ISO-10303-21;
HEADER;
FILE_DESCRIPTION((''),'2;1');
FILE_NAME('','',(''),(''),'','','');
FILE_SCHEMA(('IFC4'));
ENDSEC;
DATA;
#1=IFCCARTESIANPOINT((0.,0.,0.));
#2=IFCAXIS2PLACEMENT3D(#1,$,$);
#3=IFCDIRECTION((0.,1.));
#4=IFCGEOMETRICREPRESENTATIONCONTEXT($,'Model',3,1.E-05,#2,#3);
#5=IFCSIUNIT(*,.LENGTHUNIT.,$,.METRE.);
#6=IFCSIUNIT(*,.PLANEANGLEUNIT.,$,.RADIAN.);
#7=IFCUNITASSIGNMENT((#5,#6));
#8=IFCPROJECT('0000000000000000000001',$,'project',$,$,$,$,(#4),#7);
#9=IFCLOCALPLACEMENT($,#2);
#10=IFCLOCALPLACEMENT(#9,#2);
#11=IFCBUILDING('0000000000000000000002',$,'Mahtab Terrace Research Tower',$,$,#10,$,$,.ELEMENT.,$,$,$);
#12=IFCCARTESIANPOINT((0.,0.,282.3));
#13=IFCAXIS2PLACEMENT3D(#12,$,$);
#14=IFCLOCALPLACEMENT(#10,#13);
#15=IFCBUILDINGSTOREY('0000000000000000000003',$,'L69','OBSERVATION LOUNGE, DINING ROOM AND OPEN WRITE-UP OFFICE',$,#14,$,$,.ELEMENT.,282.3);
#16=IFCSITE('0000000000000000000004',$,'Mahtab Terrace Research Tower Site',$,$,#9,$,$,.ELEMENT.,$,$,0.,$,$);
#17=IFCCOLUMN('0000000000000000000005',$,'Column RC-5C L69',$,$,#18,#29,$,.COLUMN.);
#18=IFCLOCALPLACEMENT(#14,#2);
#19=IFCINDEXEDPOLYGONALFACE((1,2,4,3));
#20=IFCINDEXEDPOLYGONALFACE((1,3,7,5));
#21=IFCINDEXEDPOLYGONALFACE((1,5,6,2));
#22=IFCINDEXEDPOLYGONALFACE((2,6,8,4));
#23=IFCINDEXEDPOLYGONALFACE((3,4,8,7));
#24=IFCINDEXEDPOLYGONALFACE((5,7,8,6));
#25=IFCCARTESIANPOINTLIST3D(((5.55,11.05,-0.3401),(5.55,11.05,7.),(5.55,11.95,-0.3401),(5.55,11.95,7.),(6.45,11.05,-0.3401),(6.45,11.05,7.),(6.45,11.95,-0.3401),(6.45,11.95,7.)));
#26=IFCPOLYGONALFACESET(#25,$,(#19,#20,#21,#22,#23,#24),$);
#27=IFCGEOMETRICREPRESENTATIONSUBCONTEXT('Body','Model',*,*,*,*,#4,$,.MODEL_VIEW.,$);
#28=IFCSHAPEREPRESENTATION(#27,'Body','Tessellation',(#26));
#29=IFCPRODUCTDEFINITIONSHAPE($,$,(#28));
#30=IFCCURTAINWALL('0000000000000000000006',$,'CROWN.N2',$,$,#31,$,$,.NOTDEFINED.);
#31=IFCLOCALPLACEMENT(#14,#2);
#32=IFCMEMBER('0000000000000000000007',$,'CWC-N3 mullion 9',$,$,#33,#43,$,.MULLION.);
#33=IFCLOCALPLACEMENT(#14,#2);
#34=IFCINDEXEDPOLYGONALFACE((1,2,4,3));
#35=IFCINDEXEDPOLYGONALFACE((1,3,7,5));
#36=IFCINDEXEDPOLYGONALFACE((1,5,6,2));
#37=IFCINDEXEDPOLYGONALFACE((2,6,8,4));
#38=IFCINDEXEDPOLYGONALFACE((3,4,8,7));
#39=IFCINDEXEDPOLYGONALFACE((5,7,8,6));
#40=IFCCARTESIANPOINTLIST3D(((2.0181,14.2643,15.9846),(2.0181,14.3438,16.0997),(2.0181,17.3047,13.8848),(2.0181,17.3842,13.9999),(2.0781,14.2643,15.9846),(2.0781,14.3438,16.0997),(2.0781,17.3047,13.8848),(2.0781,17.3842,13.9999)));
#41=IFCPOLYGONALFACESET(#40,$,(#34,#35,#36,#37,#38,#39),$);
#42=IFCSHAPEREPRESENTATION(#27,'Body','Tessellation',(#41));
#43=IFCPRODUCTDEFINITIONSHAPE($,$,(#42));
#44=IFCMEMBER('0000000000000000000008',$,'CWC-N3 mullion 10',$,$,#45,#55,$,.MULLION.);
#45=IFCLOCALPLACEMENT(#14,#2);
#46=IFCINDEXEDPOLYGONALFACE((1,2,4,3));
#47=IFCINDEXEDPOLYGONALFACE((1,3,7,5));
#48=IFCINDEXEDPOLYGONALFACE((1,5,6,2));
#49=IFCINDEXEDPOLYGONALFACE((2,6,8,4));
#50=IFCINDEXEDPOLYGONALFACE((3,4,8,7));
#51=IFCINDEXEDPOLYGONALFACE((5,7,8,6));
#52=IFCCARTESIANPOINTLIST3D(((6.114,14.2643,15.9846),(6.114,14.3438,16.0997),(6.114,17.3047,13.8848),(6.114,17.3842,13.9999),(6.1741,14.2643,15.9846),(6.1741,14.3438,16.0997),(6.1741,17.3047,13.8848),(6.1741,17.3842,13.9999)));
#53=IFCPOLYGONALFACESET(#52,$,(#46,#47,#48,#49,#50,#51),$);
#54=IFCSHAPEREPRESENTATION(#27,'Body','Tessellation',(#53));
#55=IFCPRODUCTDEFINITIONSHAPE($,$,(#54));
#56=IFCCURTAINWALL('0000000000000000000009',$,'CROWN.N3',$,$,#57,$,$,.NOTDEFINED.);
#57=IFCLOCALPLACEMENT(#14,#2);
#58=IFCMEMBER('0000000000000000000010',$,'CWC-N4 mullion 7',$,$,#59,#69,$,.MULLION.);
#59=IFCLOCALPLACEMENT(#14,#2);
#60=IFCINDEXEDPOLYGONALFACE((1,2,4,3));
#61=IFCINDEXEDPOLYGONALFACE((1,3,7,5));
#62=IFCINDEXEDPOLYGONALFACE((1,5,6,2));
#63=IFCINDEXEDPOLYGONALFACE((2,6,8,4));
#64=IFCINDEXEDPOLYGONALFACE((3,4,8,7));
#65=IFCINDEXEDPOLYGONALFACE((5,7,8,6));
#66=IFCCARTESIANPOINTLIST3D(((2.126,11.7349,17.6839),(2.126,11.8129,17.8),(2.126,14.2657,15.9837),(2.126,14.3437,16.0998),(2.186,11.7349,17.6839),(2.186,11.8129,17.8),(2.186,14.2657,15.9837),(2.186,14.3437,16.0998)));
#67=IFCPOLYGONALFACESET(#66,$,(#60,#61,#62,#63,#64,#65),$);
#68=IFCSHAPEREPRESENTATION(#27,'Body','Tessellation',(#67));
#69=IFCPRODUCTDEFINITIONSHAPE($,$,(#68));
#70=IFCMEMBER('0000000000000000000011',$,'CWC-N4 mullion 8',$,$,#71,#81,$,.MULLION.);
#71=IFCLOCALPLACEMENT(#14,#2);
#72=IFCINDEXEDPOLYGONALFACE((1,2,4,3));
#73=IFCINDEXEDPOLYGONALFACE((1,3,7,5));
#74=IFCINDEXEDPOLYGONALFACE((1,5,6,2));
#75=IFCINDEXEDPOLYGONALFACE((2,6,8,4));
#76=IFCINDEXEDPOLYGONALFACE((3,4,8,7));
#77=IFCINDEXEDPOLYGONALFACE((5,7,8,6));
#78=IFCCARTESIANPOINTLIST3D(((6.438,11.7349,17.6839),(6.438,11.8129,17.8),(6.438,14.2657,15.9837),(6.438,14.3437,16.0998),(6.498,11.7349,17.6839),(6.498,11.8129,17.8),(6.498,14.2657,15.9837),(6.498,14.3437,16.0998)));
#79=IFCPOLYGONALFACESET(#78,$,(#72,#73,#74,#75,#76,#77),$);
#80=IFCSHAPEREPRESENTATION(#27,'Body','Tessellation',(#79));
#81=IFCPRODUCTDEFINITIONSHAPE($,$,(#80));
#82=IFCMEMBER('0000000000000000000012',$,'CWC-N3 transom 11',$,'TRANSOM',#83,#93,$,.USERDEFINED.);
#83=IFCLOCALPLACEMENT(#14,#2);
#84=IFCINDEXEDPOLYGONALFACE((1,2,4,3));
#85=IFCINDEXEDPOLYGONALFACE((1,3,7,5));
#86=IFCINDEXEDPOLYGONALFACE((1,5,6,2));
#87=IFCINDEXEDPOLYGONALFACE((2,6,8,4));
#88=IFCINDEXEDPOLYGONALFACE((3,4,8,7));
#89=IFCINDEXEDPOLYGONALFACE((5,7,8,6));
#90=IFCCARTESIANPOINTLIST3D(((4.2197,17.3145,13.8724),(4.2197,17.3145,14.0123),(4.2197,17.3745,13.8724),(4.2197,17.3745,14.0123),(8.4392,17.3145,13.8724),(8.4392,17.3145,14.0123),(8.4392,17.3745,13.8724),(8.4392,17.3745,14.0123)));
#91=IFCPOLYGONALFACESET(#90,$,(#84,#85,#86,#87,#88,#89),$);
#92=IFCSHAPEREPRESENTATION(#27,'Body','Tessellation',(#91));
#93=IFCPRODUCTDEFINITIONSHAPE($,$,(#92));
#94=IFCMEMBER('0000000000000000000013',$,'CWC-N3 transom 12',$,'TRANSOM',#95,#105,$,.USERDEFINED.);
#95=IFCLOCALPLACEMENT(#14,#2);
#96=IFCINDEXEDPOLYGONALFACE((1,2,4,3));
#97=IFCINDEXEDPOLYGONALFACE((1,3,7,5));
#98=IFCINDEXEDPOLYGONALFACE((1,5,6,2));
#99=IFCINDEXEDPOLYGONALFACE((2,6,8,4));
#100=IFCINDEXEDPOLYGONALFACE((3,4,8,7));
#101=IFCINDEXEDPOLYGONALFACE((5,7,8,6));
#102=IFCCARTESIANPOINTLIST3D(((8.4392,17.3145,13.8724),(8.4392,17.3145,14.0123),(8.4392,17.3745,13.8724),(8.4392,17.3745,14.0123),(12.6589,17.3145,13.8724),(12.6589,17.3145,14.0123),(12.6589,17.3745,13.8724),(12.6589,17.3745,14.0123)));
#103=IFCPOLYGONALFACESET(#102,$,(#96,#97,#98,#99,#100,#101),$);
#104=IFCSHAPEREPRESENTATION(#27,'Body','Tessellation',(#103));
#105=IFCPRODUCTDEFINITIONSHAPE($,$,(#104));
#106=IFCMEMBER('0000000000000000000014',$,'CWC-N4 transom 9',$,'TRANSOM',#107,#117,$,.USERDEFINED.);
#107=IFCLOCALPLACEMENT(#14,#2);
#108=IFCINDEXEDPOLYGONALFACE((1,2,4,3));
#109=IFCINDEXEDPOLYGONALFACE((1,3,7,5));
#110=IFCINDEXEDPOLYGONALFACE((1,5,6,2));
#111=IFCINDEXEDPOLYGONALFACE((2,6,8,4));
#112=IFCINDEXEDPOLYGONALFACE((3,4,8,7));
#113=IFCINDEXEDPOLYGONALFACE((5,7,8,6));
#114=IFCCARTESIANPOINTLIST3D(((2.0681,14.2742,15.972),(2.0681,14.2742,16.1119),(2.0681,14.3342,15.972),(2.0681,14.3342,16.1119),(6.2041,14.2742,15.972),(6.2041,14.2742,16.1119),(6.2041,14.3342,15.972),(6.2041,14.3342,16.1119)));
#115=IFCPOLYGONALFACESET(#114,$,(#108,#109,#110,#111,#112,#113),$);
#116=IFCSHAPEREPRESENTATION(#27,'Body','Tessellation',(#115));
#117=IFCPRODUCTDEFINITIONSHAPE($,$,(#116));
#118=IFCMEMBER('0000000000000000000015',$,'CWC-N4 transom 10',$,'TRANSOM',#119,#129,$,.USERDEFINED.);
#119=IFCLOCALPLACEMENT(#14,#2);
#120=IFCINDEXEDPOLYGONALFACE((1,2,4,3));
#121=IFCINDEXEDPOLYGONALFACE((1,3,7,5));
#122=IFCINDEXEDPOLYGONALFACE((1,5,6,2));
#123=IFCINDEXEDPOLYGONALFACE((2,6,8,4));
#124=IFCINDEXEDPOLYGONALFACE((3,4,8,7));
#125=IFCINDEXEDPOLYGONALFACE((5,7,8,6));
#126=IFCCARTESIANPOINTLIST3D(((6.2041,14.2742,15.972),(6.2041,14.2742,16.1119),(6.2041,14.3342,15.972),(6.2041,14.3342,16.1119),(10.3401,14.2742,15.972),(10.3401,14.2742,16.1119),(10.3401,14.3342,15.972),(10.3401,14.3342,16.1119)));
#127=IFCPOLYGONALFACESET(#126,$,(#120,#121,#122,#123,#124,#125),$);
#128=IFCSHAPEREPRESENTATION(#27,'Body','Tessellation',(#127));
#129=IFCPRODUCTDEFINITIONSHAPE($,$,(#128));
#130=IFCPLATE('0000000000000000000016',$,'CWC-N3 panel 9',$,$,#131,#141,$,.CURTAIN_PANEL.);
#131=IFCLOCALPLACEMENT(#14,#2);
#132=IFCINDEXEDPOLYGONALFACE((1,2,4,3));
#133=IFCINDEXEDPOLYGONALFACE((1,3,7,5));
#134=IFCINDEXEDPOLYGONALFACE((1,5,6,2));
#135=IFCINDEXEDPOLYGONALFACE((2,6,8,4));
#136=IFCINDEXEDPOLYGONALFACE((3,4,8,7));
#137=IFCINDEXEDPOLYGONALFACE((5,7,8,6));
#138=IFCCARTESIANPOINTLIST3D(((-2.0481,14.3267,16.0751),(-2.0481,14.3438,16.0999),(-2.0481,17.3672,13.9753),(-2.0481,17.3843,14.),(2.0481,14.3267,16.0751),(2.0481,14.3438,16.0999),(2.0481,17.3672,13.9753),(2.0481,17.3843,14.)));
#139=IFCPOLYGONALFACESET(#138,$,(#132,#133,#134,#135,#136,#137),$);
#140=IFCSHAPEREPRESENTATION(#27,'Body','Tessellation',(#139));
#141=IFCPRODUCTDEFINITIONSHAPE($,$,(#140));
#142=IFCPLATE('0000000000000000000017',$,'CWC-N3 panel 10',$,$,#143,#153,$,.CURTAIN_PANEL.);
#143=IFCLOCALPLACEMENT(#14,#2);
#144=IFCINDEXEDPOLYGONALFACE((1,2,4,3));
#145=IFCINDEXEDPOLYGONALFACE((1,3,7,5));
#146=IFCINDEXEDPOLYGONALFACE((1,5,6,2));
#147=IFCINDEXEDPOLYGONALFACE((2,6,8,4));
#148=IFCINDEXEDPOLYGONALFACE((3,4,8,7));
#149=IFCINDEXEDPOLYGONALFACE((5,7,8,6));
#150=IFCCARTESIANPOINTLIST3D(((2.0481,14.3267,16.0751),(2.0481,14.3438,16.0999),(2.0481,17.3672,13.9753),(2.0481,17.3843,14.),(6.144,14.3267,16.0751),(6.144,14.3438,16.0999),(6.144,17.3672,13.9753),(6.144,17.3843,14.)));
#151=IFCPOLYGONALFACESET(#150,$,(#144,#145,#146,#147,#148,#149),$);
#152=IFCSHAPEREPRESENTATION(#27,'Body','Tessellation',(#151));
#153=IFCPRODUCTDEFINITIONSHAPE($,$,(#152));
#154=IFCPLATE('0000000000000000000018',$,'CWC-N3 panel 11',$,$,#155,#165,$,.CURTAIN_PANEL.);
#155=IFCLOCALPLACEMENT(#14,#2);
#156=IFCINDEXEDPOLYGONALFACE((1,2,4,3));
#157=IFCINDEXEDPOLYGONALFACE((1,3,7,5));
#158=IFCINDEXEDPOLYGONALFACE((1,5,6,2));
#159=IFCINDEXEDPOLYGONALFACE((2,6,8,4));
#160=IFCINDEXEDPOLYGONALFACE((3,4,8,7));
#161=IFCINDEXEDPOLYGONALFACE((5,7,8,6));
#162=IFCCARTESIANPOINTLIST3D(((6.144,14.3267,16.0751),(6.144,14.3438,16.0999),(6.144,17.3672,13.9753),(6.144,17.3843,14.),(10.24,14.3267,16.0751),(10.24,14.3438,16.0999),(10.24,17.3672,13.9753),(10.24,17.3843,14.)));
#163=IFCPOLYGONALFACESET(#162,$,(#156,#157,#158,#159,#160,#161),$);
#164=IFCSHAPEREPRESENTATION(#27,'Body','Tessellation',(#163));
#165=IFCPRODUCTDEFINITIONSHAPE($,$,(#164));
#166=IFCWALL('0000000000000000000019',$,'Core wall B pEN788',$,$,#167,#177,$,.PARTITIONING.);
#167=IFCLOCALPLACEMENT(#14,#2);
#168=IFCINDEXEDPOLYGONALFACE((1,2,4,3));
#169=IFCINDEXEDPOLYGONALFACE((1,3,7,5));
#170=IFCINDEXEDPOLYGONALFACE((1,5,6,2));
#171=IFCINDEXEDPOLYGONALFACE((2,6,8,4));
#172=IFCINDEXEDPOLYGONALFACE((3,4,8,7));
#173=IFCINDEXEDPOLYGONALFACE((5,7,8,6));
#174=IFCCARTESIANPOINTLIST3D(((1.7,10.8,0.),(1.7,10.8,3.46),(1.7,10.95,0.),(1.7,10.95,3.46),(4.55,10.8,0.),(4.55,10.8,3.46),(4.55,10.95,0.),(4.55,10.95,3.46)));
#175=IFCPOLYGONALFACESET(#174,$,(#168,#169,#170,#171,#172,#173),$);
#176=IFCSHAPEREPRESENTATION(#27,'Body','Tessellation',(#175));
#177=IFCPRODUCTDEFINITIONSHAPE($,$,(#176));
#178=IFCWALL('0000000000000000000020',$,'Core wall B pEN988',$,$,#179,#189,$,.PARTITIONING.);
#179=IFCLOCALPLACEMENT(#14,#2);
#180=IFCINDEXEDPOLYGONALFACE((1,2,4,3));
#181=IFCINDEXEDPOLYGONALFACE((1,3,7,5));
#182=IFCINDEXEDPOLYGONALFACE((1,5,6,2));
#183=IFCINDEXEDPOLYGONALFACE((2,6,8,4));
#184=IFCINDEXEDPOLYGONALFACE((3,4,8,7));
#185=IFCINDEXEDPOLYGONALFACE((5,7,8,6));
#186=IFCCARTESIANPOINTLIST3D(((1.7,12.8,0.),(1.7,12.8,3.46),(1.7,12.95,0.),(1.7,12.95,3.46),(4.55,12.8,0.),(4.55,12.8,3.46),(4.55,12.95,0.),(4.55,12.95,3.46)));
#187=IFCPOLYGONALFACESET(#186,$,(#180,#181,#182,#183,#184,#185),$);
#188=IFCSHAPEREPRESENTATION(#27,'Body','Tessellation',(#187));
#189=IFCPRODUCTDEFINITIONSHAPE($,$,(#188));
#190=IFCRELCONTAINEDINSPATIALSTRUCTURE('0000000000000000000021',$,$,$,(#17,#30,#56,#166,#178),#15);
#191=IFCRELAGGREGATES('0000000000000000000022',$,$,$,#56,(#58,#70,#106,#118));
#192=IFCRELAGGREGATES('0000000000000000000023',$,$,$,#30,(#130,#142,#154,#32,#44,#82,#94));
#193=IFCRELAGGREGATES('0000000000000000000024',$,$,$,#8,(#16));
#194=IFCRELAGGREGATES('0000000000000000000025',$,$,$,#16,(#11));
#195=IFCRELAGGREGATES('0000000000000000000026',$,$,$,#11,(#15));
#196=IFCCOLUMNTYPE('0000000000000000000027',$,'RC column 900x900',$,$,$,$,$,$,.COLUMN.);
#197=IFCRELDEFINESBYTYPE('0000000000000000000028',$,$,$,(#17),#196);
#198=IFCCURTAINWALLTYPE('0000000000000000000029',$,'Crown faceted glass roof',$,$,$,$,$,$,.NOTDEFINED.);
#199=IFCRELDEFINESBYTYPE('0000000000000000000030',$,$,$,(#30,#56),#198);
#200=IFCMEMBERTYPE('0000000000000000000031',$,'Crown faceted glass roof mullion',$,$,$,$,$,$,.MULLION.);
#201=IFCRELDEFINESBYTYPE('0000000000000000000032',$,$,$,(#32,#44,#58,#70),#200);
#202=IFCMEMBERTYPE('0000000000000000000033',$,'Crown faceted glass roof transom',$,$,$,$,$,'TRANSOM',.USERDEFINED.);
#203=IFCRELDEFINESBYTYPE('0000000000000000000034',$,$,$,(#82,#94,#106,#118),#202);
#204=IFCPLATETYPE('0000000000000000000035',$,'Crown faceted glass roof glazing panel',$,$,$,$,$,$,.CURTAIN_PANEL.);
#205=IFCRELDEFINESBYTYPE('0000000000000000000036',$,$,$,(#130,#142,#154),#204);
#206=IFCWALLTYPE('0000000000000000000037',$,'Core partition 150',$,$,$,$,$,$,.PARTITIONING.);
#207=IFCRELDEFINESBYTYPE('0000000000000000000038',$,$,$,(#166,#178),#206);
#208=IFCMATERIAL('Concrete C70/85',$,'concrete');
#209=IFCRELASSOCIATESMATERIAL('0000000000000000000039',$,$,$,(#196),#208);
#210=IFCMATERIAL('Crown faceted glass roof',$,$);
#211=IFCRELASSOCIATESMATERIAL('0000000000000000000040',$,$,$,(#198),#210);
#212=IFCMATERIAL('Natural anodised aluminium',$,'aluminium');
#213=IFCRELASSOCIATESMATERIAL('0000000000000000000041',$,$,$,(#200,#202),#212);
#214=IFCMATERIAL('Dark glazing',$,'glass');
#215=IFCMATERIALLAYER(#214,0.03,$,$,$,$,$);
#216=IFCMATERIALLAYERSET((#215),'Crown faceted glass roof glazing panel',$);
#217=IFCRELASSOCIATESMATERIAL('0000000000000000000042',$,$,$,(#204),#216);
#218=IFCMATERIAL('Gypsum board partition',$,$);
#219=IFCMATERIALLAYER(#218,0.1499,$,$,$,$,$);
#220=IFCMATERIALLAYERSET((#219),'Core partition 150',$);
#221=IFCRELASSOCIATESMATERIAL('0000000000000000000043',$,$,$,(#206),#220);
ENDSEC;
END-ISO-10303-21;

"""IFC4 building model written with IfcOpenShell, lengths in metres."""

from ifc_helpers import new_model, si_unit, direction, frame, frame_2d, origin, origin_2d, place, context, subcontext, project, spatial, polyline, rectangle, outline, extrude, material, layer, layer_set, material_profile, profile_set, type_object, element, aggregate, save


model = new_model("IFC4")

# Units and contexts
model_context = context("Model", 3, precision=1e-05, world=origin(), true_north=direction((0.0, 1.0)))
body_context = subcontext(model_context, "Body", "Model", "MODEL_VIEW")
ifc_project = project(units=[si_unit("LENGTHUNIT", "METRE"), si_unit("PLANEANGLEUNIT", "RADIAN")], contexts=[model_context])

# Site, building, storey
site_placement = place(None, origin())
site = spatial("IfcSite", under=ifc_project, at=site_placement, Name="Mahtab Terrace Research Tower Site", CompositionType="ELEMENT", RefElevation=0.0)
building_placement = place(site_placement, origin())
building = spatial("IfcBuilding", under=site, at=building_placement, Name="Mahtab Terrace Research Tower", CompositionType="ELEMENT")
storey_placement = place(building_placement, frame((0.0, 0.0, 282.3)))
storey = spatial("IfcBuildingStorey", under=building, at=storey_placement, Name="L69", Description="OBSERVATION LOUNGE, DINING ROOM AND OPEN WRITE-UP OFFICE", CompositionType="ELEMENT", Elevation=282.3)

# Column
ifc_material_1 = material(Name="Concrete C70/85", Category="concrete")
ifc_material_profile_1 = material_profile(ifc_material_1, rectangle(XDim=0.8999, YDim=0.8999, at=origin_2d()), Name="RC column 900x900")
ifc_profile_set_1 = profile_set([ifc_material_profile_1], Name="Concrete C70/85")
column_type = type_object("IfcColumnType", Name="RC column 900x900", PredefinedType="COLUMN", material=ifc_profile_set_1)
column_placement = place(storey_placement, frame((6.0, 11.5, -0.3401), z_axis=(0.0, 0.0, 1.0), x_axis=(1.0, 0.0, 0.0)))
element("IfcColumn", 1, at=column_placement, inside=storey, type_object=column_type, Name="Column RC-5C L69", PredefinedType="COLUMN", context=body_context, shape_type="SweptSolid", body=[
    extrude(rectangle(XDim=0.8999, YDim=0.8999, at=origin_2d()), origin(), (0.0, 0.0, 1.0), 7.3401),
])

# Curtain walls, members
ifc_material_2 = material(Name="Crown faceted glass roof")
curtain_wall_type = type_object("IfcCurtainWallType", Name="Crown faceted glass roof", PredefinedType="NOTDEFINED", material=ifc_material_2)
curtain_wall_1_placement = place(storey_placement, origin())
curtain_wall_1 = element("IfcCurtainWall", 2, at=curtain_wall_1_placement, inside=storey, type_object=curtain_wall_type, Name="CROWN.N2", PredefinedType="NOTDEFINED")
ifc_material_3 = material(Name="Natural anodised aluminium", Category="aluminium")
ifc_material_profile_2 = material_profile(ifc_material_3, rectangle(XDim=0.0601, YDim=0.1399, at=origin_2d()), Name="MULLION 60x140")
ifc_profile_set_2 = profile_set([ifc_material_profile_2], Name="Natural anodised aluminium")
member_type_1 = type_object("IfcMemberType", Name="Crown faceted glass roof mullion", PredefinedType="MULLION", material=ifc_profile_set_2)
member_1_placement = place(storey_placement, frame((2.0481, 17.3445, 13.9424), z_axis=(0.0, -0.822841, 0.568272), x_axis=(1.0, 0.0, 0.0)))
member_1 = element("IfcMember", 3, at=member_1_placement, type_object=member_type_1, Name="CWC-N3 mullion 9", PredefinedType="MULLION", context=body_context, shape_type="SweptSolid", body=[
    extrude(rectangle(XDim=0.0601, YDim=0.1399, at=origin_2d()), origin(), (0.0, 0.0, 1.0), 3.6951),
])
member_2_placement = place(storey_placement, frame((6.144, 17.3445, 13.9424), z_axis=(0.0, -0.822841, 0.568272), x_axis=(1.0, 0.0, 0.0)))
member_2 = element("IfcMember", 4, at=member_2_placement, type_object=member_type_1, Name="CWC-N3 mullion 10", PredefinedType="MULLION", context=body_context, shape_type="SweptSolid", body=[
    extrude(rectangle(XDim=0.0601, YDim=0.1399, at=origin_2d()), origin(), (0.0, 0.0, 1.0), 3.6951),
])
curtain_wall_2_placement = place(storey_placement, origin())
curtain_wall_2 = element("IfcCurtainWall", 5, at=curtain_wall_2_placement, inside=storey, type_object=curtain_wall_type, Name="CROWN.N3", PredefinedType="NOTDEFINED")
member_3_placement = place(storey_placement, frame((2.156, 14.3047, 16.0417), z_axis=(0.0, -0.830074, 0.557653), x_axis=(1.0, 0.0, 0.0)))
member_3 = element("IfcMember", 6, at=member_3_placement, type_object=member_type_1, Name="CWC-N4 mullion 7", PredefinedType="MULLION", context=body_context, shape_type="SweptSolid", body=[
    extrude(rectangle(XDim=0.0601, YDim=0.1399, at=origin_2d()), origin(), (0.0, 0.0, 1.0), 3.0488),
])
member_4_placement = place(storey_placement, frame((6.468, 14.3047, 16.0417), z_axis=(0.0, -0.830074, 0.557653), x_axis=(1.0, 0.0, 0.0)))
member_4 = element("IfcMember", 7, at=member_4_placement, type_object=member_type_1, Name="CWC-N4 mullion 8", PredefinedType="MULLION", context=body_context, shape_type="SweptSolid", body=[
    extrude(rectangle(XDim=0.0601, YDim=0.1399, at=origin_2d()), origin(), (0.0, 0.0, 1.0), 3.0488),
])

# Members
ifc_material_profile_3 = material_profile(ifc_material_3, rectangle(XDim=0.0601, YDim=0.1399, at=origin_2d()), Name="TRANSOM 60x140")
ifc_profile_set_3 = profile_set([ifc_material_profile_3], Name="Natural anodised aluminium")
member_type_2 = type_object("IfcMemberType", Name="Crown faceted glass roof transom", ElementType="TRANSOM", PredefinedType="USERDEFINED", material=ifc_profile_set_3)
member_5_placement = place(storey_placement, frame((4.2197, 17.3445, 13.9424), z_axis=(1.0, 0.0, 0.0), x_axis=(0.0, 1.0, 0.0)))
member_5 = element("IfcMember", 8, at=member_5_placement, type_object=member_type_2, Name="CWC-N3 transom 11", ObjectType="TRANSOM", PredefinedType="USERDEFINED", context=body_context, shape_type="SweptSolid", body=[
    extrude(rectangle(XDim=0.0601, YDim=0.1399, at=origin_2d()), origin(), (0.0, 0.0, 1.0), 4.2195),
])
member_6_placement = place(storey_placement, frame((8.4392, 17.3445, 13.9424), z_axis=(1.0, 0.0, 0.0), x_axis=(0.0, 1.0, 0.0)))
member_6 = element("IfcMember", 9, at=member_6_placement, type_object=member_type_2, Name="CWC-N3 transom 12", ObjectType="TRANSOM", PredefinedType="USERDEFINED", context=body_context, shape_type="SweptSolid", body=[
    extrude(rectangle(XDim=0.0601, YDim=0.1399, at=origin_2d()), origin(), (0.0, 0.0, 1.0), 4.2197),
])
member_7_placement = place(storey_placement, frame((2.0681, 14.3042, 16.042), z_axis=(1.0, 0.0, 0.0), x_axis=(0.0, 1.0, 0.0)))
member_7 = element("IfcMember", 10, at=member_7_placement, type_object=member_type_2, Name="CWC-N4 transom 9", ObjectType="TRANSOM", PredefinedType="USERDEFINED", context=body_context, shape_type="SweptSolid", body=[
    extrude(rectangle(XDim=0.0601, YDim=0.1399, at=origin_2d()), origin(), (0.0, 0.0, 1.0), 4.136),
])
member_8_placement = place(storey_placement, frame((6.2041, 14.3042, 16.042), z_axis=(1.0, 0.0, 0.0), x_axis=(0.0, 1.0, 0.0)))
member_8 = element("IfcMember", 11, at=member_8_placement, type_object=member_type_2, Name="CWC-N4 transom 10", ObjectType="TRANSOM", PredefinedType="USERDEFINED", context=body_context, shape_type="SweptSolid", body=[
    extrude(rectangle(XDim=0.0601, YDim=0.1399, at=origin_2d()), origin(), (0.0, 0.0, 1.0), 4.136),
])
aggregate(curtain_wall_2, [member_3, member_4, member_7, member_8])

# Plates
ifc_material_4 = material(Name="Dark glazing", Category="glass")
ifc_layer_1 = layer(ifc_material_4, 0.03)
ifc_layer_set_1 = layer_set([ifc_layer_1], Name="Crown faceted glass roof glazing panel")
plate_type = type_object("IfcPlateType", Name="Crown faceted glass roof glazing panel", PredefinedType="CURTAIN_PANEL", material=ifc_layer_set_1)
plate_1_placement = place(storey_placement, frame((2.0481, 14.3438, 16.0999), z_axis=(0.0, 0.568272, 0.822841), x_axis=(0.0, 0.822841, -0.568272)))
plate_1 = element("IfcPlate", 12, at=plate_1_placement, type_object=plate_type, Name="CWC-N3 panel 9", PredefinedType="CURTAIN_PANEL", context=body_context, shape_type="SweptSolid", body=[
    extrude(outline(polyline([(0.0, 0.0), (3.6952, 0.0), (3.6952, 4.0962), (0.0, 4.0962), (0.0, 0.0)])), origin(), (0.0, 0.0, -1.0), 0.03),
])
plate_2_placement = place(storey_placement, frame((6.144, 14.3438, 16.0999), z_axis=(0.0, 0.568272, 0.822841), x_axis=(0.0, 0.822841, -0.568272)))
plate_2 = element("IfcPlate", 13, at=plate_2_placement, type_object=plate_type, Name="CWC-N3 panel 10", PredefinedType="CURTAIN_PANEL", context=body_context, shape_type="SweptSolid", body=[
    extrude(outline(polyline([(0.0, 0.0), (3.6952, 0.0), (3.6952, 4.0959), (0.0, 4.0959), (0.0, 0.0)])), origin(), (0.0, 0.0, -1.0), 0.03),
])
plate_3_placement = place(storey_placement, frame((10.24, 14.3438, 16.0999), z_axis=(0.0, 0.568272, 0.822841), x_axis=(0.0, 0.822841, -0.568272)))
plate_3 = element("IfcPlate", 14, at=plate_3_placement, type_object=plate_type, Name="CWC-N3 panel 11", PredefinedType="CURTAIN_PANEL", context=body_context, shape_type="SweptSolid", body=[
    extrude(outline(polyline([(0.0, 0.0), (3.6952, 0.0), (3.6952, 4.0959), (0.0, 4.0959), (0.0, 0.0)])), origin(), (0.0, 0.0, -1.0), 0.03),
])
aggregate(curtain_wall_1, [plate_1, plate_2, plate_3, member_1, member_2, member_5, member_6])

# Walls
ifc_material_5 = material(Name="Gypsum board partition")
ifc_layer_2 = layer(ifc_material_5, 0.1499)
ifc_layer_set_2 = layer_set([ifc_layer_2], Name="Core partition 150")
wall_type_1 = type_object("IfcWallType", Name="Core partition 150", PredefinedType="PARTITIONING", material=ifc_layer_set_2)
for number, where, z_axis, x_axis, name in (
    (15, (1.7, 10.875, 0.0), (0.0, 0.0, 1.0), (1.0, 0.0, 0.0), "Core wall B pEN788"),
    (16, (1.7, 12.875, 0.0), (0.0, 0.0, 1.0), (1.0, 0.0, 0.0), "Core wall B pEN988"),
):
    element("IfcWall", number, at=place(storey_placement, frame(where, z_axis=z_axis, x_axis=x_axis)), inside=storey, type_object=wall_type_1, Name=name, PredefinedType="PARTITIONING", context=body_context, shape_type="SweptSolid", body=[
        extrude(rectangle(XDim=2.8501, YDim=0.1499, at=frame_2d((1.425, 0.0))), origin(), (0.0, 0.0, 1.0), 3.46),
    ])

save(model, "model.ifc")
